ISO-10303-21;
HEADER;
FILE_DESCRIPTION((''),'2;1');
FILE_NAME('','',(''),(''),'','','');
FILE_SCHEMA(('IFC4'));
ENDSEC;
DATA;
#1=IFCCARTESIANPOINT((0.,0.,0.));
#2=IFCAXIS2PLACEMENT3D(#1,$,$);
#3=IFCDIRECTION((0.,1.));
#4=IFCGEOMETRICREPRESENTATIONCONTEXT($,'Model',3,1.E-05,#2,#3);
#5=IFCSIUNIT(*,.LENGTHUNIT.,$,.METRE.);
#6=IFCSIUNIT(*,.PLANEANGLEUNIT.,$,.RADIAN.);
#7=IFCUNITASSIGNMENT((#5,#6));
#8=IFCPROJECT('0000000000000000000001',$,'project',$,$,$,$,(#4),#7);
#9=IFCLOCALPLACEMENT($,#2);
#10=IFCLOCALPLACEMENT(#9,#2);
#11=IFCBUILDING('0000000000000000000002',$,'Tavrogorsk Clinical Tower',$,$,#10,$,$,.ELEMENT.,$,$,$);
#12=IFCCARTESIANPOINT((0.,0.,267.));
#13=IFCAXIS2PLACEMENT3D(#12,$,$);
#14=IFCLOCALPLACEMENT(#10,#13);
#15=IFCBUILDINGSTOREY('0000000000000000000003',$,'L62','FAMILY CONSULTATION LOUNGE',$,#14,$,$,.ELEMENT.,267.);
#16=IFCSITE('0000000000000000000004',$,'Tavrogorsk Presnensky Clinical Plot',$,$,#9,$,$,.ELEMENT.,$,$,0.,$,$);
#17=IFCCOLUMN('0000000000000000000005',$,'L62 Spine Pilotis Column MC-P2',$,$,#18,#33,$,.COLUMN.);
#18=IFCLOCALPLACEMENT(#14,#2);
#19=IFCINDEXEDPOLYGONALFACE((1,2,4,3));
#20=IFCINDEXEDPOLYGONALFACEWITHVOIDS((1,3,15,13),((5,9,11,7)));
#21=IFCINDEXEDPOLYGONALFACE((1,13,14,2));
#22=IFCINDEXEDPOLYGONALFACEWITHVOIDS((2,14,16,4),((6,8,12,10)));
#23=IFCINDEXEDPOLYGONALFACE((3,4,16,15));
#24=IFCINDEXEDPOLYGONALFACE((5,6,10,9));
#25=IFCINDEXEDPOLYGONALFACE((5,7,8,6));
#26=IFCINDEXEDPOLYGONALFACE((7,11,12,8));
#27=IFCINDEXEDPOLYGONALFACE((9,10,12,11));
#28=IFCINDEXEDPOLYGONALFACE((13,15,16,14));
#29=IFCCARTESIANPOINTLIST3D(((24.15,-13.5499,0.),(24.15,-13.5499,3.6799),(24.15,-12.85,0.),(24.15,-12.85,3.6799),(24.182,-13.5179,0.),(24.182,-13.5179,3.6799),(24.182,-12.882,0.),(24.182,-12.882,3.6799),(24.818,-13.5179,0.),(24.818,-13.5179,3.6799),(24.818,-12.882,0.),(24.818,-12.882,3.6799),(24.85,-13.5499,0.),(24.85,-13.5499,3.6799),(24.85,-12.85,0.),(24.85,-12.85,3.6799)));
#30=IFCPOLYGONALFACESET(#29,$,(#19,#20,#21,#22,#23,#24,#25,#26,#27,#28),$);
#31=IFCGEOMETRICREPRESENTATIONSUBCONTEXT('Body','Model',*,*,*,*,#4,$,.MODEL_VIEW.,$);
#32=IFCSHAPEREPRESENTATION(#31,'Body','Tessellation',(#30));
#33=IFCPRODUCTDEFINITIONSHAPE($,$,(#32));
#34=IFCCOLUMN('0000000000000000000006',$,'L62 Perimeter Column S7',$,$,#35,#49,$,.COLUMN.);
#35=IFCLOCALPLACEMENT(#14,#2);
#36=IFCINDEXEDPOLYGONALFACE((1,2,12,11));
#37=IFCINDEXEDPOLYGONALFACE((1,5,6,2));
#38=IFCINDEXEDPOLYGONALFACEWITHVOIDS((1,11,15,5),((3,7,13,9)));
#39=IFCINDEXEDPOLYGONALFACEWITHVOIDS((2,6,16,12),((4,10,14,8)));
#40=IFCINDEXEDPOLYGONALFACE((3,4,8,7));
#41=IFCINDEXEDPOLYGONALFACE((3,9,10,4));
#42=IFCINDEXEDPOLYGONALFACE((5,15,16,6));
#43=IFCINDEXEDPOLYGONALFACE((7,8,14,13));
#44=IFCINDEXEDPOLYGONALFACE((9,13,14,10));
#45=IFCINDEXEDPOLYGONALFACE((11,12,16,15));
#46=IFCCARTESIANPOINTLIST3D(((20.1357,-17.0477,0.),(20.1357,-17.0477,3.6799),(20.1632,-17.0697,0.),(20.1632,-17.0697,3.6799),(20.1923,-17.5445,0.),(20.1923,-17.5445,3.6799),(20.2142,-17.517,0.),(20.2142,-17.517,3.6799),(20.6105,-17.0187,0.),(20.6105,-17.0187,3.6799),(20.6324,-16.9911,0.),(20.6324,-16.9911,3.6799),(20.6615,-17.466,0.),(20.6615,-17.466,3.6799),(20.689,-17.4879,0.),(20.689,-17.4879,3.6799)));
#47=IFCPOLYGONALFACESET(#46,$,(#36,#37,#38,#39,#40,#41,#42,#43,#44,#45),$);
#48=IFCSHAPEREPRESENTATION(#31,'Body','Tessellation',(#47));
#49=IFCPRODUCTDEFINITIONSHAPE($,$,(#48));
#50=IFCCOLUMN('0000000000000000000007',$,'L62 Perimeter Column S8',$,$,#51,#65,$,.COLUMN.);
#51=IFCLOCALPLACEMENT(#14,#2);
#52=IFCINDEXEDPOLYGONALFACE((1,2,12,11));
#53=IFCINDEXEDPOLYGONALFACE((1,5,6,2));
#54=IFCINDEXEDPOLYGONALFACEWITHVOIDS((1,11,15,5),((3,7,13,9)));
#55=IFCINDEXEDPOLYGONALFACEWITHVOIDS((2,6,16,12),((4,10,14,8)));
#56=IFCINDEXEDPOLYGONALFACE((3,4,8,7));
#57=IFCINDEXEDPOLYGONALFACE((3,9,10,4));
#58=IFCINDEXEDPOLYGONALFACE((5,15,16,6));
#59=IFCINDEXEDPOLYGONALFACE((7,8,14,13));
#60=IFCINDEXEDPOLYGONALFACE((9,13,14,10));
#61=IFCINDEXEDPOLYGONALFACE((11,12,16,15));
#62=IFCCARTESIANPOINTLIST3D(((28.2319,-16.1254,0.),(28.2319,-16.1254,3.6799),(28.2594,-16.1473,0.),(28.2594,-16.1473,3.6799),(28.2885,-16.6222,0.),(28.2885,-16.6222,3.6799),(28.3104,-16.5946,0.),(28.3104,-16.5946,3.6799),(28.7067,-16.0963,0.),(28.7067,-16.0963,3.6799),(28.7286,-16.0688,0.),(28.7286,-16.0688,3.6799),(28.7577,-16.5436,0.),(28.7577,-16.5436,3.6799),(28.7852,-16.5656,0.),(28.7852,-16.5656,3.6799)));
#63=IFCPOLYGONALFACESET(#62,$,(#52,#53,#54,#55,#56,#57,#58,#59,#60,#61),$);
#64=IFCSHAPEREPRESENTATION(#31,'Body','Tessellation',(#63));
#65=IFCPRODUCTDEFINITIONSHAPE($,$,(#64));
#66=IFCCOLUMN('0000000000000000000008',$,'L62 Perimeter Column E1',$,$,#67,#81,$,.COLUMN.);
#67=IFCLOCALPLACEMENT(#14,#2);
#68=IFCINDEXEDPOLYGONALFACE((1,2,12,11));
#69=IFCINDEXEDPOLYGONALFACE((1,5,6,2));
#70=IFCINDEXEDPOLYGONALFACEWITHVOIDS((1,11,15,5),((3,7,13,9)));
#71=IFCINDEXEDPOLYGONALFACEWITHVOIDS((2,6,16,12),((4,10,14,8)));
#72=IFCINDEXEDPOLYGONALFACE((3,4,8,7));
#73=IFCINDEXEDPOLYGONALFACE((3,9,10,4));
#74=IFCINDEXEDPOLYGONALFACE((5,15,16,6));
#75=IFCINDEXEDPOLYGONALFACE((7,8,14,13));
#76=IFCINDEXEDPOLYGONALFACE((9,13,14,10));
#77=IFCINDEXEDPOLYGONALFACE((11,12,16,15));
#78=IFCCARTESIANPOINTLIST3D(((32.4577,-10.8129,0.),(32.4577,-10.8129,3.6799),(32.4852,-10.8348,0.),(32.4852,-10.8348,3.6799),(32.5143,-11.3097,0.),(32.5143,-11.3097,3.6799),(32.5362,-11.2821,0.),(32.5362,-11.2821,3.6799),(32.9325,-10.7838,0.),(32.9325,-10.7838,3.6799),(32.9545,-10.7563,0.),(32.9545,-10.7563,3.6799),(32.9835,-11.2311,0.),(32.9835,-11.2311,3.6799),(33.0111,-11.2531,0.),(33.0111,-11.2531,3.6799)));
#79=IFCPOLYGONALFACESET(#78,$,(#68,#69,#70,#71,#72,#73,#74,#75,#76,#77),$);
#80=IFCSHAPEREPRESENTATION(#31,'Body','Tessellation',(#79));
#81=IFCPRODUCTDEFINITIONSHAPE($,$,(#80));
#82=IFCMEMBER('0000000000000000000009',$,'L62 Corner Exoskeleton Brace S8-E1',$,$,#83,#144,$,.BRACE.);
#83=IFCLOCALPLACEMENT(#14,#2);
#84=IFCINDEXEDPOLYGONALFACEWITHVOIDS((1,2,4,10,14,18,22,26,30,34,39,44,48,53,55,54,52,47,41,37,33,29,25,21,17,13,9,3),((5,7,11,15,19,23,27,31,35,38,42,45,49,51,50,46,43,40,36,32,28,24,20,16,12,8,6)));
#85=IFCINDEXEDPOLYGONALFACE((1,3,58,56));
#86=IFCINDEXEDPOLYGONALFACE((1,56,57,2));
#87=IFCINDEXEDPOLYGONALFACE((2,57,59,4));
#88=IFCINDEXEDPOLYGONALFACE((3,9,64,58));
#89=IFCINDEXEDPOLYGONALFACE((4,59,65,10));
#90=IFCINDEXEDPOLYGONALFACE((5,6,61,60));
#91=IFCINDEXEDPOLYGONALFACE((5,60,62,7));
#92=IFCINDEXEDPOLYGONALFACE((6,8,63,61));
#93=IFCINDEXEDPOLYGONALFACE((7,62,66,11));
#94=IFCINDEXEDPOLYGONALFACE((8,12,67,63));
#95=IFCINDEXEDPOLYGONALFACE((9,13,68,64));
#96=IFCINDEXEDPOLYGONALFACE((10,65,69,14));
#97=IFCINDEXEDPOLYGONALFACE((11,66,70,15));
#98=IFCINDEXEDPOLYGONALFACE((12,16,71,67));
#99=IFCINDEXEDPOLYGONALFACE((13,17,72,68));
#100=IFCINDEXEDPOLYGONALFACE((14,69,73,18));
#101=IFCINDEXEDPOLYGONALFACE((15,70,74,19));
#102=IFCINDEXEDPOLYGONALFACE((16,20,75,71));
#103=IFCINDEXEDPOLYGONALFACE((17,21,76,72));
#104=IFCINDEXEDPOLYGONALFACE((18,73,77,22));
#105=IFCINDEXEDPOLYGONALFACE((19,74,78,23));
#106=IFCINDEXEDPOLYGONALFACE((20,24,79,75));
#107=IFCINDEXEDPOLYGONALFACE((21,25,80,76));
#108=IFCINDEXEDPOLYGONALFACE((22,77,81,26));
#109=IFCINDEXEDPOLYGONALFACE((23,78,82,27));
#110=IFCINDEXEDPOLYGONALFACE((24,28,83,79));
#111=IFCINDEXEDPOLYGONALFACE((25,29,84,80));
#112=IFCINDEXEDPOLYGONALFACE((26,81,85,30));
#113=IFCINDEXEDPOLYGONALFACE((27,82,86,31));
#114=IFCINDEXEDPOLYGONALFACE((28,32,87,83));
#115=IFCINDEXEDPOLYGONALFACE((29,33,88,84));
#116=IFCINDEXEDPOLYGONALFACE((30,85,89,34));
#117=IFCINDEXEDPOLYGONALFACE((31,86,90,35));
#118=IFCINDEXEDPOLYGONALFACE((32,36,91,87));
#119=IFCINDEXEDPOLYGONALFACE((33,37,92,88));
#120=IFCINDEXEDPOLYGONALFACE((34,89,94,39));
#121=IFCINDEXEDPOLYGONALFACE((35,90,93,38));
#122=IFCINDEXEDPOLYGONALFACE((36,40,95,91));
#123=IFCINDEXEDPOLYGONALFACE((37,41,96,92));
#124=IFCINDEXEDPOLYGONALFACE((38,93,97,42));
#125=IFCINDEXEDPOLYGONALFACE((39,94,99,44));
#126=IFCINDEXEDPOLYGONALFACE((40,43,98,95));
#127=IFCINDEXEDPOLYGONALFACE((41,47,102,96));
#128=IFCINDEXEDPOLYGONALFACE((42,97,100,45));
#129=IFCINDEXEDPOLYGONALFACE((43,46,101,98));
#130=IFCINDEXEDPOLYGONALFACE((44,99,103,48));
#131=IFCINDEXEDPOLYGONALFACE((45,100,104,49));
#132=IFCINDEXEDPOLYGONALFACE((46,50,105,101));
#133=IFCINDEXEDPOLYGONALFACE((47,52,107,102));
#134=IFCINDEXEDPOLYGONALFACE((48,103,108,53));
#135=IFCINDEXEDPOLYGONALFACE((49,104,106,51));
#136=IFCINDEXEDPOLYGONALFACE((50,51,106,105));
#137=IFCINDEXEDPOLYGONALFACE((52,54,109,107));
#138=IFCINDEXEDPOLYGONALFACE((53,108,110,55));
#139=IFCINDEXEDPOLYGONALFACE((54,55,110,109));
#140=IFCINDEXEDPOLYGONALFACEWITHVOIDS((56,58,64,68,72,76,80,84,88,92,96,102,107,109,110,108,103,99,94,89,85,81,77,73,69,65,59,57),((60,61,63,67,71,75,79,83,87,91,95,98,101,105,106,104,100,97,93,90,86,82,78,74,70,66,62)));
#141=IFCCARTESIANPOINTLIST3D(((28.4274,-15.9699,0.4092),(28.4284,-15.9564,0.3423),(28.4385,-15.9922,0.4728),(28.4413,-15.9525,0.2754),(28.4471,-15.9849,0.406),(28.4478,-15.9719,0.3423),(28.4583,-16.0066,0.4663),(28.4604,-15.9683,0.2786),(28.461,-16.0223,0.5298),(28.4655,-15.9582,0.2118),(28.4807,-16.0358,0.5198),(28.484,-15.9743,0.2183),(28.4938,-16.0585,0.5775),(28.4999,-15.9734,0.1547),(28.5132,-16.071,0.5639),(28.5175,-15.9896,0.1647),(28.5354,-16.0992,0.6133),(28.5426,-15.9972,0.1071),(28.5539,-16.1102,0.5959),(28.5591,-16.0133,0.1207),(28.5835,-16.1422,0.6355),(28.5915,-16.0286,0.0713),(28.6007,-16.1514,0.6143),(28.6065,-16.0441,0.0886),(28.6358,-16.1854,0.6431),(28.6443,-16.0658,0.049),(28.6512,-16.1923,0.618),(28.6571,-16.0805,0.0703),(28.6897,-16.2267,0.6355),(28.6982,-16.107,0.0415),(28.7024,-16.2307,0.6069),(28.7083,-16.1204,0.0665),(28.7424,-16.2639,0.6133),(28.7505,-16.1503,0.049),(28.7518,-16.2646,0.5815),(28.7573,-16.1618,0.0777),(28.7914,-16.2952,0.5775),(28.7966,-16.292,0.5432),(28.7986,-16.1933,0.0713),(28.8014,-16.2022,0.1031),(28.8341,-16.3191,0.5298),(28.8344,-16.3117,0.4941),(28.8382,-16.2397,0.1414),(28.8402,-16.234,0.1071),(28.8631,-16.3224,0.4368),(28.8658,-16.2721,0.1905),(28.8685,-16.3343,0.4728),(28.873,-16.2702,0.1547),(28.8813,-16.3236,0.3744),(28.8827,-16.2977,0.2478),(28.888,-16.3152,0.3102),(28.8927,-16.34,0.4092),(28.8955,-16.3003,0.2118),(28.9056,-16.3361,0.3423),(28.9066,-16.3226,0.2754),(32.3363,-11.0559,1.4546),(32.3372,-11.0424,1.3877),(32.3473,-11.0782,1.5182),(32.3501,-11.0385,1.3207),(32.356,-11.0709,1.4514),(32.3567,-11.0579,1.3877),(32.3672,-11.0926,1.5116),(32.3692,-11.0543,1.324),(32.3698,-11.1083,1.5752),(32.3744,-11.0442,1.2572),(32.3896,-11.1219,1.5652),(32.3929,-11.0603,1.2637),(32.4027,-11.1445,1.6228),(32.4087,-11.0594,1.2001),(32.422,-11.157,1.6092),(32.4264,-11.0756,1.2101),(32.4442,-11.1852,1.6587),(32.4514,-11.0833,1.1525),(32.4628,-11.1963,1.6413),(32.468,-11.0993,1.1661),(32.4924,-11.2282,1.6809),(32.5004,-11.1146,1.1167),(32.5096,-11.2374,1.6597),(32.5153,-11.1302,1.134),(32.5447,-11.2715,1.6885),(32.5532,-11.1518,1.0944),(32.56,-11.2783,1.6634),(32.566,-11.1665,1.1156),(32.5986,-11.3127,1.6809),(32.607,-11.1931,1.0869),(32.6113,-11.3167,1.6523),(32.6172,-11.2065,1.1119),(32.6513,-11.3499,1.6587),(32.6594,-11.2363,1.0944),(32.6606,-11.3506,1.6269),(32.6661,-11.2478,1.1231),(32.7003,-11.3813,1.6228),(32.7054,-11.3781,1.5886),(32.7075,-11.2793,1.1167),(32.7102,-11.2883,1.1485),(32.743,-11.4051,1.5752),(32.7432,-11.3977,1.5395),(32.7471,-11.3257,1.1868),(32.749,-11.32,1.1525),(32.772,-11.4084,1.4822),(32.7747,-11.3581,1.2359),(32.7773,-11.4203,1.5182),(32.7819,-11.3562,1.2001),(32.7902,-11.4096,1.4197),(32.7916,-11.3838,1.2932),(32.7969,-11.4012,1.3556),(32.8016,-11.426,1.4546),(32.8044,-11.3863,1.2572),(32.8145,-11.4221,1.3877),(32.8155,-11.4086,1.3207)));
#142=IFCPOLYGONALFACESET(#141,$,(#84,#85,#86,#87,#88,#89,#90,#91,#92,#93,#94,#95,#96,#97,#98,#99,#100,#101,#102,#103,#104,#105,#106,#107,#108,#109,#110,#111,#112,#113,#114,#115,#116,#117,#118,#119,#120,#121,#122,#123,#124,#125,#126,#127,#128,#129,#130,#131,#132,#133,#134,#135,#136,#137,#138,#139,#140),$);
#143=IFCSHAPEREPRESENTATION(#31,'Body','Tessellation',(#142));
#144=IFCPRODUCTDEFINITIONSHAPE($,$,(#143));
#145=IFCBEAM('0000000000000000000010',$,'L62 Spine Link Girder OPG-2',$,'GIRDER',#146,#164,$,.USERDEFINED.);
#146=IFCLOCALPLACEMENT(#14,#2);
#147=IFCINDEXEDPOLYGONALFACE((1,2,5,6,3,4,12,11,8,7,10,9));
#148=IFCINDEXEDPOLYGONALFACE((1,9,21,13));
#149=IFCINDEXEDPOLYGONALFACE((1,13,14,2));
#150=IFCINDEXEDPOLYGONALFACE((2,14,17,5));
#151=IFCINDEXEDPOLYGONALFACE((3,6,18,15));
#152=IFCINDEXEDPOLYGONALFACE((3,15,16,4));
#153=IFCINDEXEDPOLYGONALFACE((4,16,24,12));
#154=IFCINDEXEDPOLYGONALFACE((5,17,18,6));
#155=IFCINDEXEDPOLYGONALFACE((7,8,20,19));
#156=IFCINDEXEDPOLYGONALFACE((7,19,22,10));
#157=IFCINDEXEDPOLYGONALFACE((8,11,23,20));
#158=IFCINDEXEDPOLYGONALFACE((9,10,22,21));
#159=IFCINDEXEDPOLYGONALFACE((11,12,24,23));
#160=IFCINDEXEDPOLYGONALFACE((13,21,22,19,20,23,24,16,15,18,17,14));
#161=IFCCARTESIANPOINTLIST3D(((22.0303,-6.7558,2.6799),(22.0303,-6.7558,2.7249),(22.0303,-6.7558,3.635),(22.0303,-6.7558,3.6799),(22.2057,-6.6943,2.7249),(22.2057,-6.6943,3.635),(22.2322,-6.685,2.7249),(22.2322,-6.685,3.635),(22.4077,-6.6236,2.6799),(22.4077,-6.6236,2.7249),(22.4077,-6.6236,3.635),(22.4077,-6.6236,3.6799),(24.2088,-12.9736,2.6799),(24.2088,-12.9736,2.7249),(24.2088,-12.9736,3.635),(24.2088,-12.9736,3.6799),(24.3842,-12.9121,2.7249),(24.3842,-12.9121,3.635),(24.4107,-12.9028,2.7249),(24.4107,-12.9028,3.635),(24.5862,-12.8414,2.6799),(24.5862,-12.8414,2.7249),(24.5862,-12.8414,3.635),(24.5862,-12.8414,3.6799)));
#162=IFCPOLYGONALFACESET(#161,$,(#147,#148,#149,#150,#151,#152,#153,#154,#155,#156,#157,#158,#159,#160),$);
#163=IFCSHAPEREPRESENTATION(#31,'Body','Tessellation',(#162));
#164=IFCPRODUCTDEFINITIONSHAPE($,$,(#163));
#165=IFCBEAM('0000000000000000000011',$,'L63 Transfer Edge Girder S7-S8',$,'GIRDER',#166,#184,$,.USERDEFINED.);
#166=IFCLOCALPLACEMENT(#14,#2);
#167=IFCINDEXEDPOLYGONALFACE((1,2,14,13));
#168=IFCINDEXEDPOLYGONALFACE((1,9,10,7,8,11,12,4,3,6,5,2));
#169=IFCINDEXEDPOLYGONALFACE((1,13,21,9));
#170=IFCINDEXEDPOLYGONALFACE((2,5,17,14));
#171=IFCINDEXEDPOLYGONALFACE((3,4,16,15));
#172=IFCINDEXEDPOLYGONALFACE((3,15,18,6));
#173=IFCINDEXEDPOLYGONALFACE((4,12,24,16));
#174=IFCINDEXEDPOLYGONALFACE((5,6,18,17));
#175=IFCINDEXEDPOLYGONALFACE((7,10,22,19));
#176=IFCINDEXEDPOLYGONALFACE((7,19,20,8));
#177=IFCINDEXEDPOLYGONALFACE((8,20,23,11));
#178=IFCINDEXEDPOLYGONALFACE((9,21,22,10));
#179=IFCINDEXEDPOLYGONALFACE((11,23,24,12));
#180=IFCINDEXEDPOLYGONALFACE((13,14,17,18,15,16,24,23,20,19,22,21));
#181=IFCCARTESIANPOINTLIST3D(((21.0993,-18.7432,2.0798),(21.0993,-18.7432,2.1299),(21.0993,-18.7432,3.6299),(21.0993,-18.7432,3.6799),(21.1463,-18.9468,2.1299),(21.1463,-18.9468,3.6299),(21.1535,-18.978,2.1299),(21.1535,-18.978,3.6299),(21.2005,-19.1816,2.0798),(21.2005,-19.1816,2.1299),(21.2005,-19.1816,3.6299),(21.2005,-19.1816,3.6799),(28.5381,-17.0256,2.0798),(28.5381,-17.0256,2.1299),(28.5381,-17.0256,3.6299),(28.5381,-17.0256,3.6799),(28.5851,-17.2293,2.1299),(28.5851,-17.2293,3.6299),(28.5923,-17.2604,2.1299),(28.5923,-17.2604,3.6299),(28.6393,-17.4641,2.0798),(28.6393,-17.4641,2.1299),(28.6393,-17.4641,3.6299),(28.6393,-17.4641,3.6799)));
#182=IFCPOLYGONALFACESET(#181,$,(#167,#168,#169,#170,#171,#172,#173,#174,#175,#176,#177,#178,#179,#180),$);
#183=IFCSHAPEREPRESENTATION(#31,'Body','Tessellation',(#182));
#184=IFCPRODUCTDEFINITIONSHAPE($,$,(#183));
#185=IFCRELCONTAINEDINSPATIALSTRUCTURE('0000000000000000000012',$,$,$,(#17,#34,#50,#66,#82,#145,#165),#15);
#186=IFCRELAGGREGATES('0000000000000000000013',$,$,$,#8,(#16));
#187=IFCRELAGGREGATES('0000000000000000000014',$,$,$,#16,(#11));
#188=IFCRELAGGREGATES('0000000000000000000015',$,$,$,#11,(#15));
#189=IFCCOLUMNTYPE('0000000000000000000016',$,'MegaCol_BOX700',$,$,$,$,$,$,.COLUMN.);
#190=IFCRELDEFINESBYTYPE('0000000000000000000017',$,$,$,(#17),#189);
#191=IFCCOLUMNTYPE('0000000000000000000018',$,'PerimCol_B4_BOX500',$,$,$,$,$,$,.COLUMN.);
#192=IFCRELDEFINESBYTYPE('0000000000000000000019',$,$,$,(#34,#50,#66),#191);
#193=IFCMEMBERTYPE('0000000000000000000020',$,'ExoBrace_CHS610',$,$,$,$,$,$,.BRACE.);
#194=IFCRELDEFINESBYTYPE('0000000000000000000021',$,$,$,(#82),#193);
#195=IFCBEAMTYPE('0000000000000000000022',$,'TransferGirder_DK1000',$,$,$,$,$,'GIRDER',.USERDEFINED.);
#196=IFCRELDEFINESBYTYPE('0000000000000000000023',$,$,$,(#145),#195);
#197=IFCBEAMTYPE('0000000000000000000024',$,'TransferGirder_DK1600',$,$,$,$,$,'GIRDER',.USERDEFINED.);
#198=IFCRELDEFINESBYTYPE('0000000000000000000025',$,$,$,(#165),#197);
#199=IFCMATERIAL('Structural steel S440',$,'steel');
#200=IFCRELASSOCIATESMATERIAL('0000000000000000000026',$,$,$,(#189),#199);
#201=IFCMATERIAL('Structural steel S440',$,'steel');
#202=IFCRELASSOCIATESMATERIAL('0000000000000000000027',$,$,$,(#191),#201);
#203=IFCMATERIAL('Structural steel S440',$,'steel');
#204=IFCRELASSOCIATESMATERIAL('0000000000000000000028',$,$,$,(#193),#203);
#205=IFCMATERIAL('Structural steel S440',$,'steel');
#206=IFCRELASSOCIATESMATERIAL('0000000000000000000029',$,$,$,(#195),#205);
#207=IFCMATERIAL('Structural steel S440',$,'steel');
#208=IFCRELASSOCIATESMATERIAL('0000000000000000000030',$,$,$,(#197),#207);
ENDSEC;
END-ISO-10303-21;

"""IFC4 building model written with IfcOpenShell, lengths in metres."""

from ifc_helpers import new_model, si_unit, direction, frame, origin, origin_2d, place, context, subcontext, project, spatial, hollow_rectangle, hollow_circle, i_section, extrude, material, material_profile, profile_set, type_object, element, save


model = new_model("IFC4")

# Units and contexts
model_context = context("Model", 3, precision=1e-05, world=origin(), true_north=direction((0.0, 1.0)))
body_context = subcontext(model_context, "Body", "Model", "MODEL_VIEW")
ifc_project = project(units=[si_unit("LENGTHUNIT", "METRE"), si_unit("PLANEANGLEUNIT", "RADIAN")], contexts=[model_context])

# Site, building, storey
site_placement = place(None, origin())
site = spatial("IfcSite", under=ifc_project, at=site_placement, Name="Tavrogorsk Presnensky Clinical Plot", CompositionType="ELEMENT", RefElevation=0.0)
building_placement = place(site_placement, origin())
building = spatial("IfcBuilding", under=site, at=building_placement, Name="Tavrogorsk Clinical Tower", CompositionType="ELEMENT")
storey_placement = place(building_placement, frame((0.0, 0.0, 267.0)))
storey = spatial("IfcBuildingStorey", under=building, at=storey_placement, Name="L62", Description="FAMILY CONSULTATION LOUNGE", CompositionType="ELEMENT", Elevation=267.0)

# Columns
ifc_material_1 = material(Name="Structural steel S440", Category="steel")
ifc_material_profile_1 = material_profile(ifc_material_1, hollow_rectangle(XDim=0.7, YDim=0.7, WallThickness=0.032, at=origin_2d()), Name="BOX-700x700x32")
ifc_profile_set_1 = profile_set([ifc_material_profile_1], Name="Structural steel S440")
column_type_1 = type_object("IfcColumnType", Name="MegaCol_BOX700", PredefinedType="COLUMN", material=ifc_profile_set_1)
column_placement = place(storey_placement, frame((24.5, -13.2, 0.0), z_axis=(0.0, 0.0, 1.0), x_axis=(1.0, 0.0, 0.0)))
element("IfcColumn", 1, at=column_placement, inside=storey, type_object=column_type_1, Name="L62 Spine Pilotis Column MC-P2", PredefinedType="COLUMN", context=body_context, shape_type="SweptSolid", body=[
    extrude(hollow_rectangle(XDim=0.7, YDim=0.7, WallThickness=0.032, at=origin_2d()), origin(), (0.0, 0.0, 1.0), 3.6799),
])
ifc_material_2 = material(Name="Structural steel S440", Category="steel")
ifc_material_profile_2 = material_profile(ifc_material_2, hollow_rectangle(XDim=0.5, YDim=0.5, WallThickness=0.0249, at=origin_2d()), Name="BOX-500x500x25")
ifc_profile_set_2 = profile_set([ifc_material_profile_2], Name="Structural steel S440")
column_type_2 = type_object("IfcColumnType", Name="PerimCol_B4_BOX500", PredefinedType="COLUMN", material=ifc_profile_set_2)
for number, where, z_axis, x_axis, name in (
    (2, (20.4124, -17.2678, 0.0), (0.0, 0.0, 1.0), (0.993572, 0.113203, 0.0), "L62 Perimeter Column S7"),
    (3, (28.5085, -16.3455, 0.0), (0.0, 0.0, 1.0), (0.993572, 0.113203, 0.0), "L62 Perimeter Column S8"),
    (4, (32.7344, -11.033, 0.0), (0.0, 0.0, 1.0), (0.993572, 0.113203, 0.0), "L62 Perimeter Column E1"),
):
    element("IfcColumn", number, at=place(storey_placement, frame(where, z_axis=z_axis, x_axis=x_axis)), inside=storey, type_object=column_type_2, Name=name, PredefinedType="COLUMN", context=body_context, shape_type="SweptSolid", body=[
        extrude(hollow_rectangle(XDim=0.5, YDim=0.5, WallThickness=0.0249, at=origin_2d()), origin(), (0.0, 0.0, 1.0), 3.6799),
    ])

# Member
ifc_material_3 = material(Name="Structural steel S440", Category="steel")
ifc_material_profile_3 = material_profile(ifc_material_3, hollow_circle(Radius=0.3049, WallThickness=0.0249, at=origin_2d()), Name="CHS-610x25")
ifc_profile_set_3 = profile_set([ifc_material_profile_3], Name="Structural steel S440")
member_type = type_object("IfcMemberType", Name="ExoBrace_CHS610", PredefinedType="BRACE", material=ifc_profile_set_3)
member_placement = place(storey_placement, frame((28.667, -16.1462, 0.3423), z_axis=(0.614073, 0.771973, 0.164228), x_axis=(-0.782599, 0.622526, 0.0)))
element("IfcMember", 5, at=member_placement, inside=storey, type_object=member_type, Name="L62 Corner Exoskeleton Brace S8-E1", PredefinedType="BRACE", context=body_context, shape_type="SweptSolid", body=[
    extrude(hollow_circle(Radius=0.3049, WallThickness=0.0249, at=origin_2d()), origin(), (0.0, 0.0, 1.0), 6.3655),
])

# Beams
ifc_material_4 = material(Name="Structural steel S440", Category="steel")
ifc_material_profile_4 = material_profile(ifc_material_4, i_section(OverallWidth=0.3999, OverallDepth=1.0, WebThickness=0.0281, FlangeThickness=0.0449, at=origin_2d()), Name="DK-1000x400x28x45")
ifc_profile_set_4 = profile_set([ifc_material_profile_4], Name="Structural steel S440")
beam_type_1 = type_object("IfcBeamType", Name="TransferGirder_DK1000", ElementType="GIRDER", PredefinedType="USERDEFINED", material=ifc_profile_set_4)
beam_1_placement = place(storey_placement, frame((24.3975, -12.9075, 3.1799), z_axis=(-0.330654, 0.943752, 0.0), x_axis=(-0.943752, -0.330654, 0.0)))
element("IfcBeam", 6, at=beam_1_placement, inside=storey, type_object=beam_type_1, Name="L62 Spine Link Girder OPG-2", ObjectType="GIRDER", PredefinedType="USERDEFINED", context=body_context, shape_type="SweptSolid", body=[
    extrude(i_section(OverallWidth=0.3999, OverallDepth=1.0, WebThickness=0.0281, FlangeThickness=0.0449, at=origin_2d()), origin(), (0.0, 0.0, 1.0), 6.5884),
])
ifc_material_5 = material(Name="Structural steel S440", Category="steel")
ifc_material_profile_5 = material_profile(ifc_material_5, i_section(OverallWidth=0.45, OverallDepth=1.6001, WebThickness=0.032, FlangeThickness=0.05, at=origin_2d()), Name="DK-1600x450x32x50")
ifc_profile_set_5 = profile_set([ifc_material_profile_5], Name="Structural steel S440")
beam_type_2 = type_object("IfcBeamType", Name="TransferGirder_DK1600", ElementType="GIRDER", PredefinedType="USERDEFINED", material=ifc_profile_set_5)
beam_2_placement = place(storey_placement, frame((21.1499, -18.9624, 2.8799), z_axis=(0.974365, 0.224972, 0.0), x_axis=(-0.224972, 0.974365, 0.0)))
element("IfcBeam", 7, at=beam_2_placement, inside=storey, type_object=beam_type_2, Name="L63 Transfer Edge Girder S7-S8", ObjectType="GIRDER", PredefinedType="USERDEFINED", context=body_context, shape_type="SweptSolid", body=[
    extrude(i_section(OverallWidth=0.45, OverallDepth=1.6001, WebThickness=0.032, FlangeThickness=0.05, at=origin_2d()), origin(), (0.0, 0.0, 1.0), 7.6345),
])

save(model, "model.ifc")
